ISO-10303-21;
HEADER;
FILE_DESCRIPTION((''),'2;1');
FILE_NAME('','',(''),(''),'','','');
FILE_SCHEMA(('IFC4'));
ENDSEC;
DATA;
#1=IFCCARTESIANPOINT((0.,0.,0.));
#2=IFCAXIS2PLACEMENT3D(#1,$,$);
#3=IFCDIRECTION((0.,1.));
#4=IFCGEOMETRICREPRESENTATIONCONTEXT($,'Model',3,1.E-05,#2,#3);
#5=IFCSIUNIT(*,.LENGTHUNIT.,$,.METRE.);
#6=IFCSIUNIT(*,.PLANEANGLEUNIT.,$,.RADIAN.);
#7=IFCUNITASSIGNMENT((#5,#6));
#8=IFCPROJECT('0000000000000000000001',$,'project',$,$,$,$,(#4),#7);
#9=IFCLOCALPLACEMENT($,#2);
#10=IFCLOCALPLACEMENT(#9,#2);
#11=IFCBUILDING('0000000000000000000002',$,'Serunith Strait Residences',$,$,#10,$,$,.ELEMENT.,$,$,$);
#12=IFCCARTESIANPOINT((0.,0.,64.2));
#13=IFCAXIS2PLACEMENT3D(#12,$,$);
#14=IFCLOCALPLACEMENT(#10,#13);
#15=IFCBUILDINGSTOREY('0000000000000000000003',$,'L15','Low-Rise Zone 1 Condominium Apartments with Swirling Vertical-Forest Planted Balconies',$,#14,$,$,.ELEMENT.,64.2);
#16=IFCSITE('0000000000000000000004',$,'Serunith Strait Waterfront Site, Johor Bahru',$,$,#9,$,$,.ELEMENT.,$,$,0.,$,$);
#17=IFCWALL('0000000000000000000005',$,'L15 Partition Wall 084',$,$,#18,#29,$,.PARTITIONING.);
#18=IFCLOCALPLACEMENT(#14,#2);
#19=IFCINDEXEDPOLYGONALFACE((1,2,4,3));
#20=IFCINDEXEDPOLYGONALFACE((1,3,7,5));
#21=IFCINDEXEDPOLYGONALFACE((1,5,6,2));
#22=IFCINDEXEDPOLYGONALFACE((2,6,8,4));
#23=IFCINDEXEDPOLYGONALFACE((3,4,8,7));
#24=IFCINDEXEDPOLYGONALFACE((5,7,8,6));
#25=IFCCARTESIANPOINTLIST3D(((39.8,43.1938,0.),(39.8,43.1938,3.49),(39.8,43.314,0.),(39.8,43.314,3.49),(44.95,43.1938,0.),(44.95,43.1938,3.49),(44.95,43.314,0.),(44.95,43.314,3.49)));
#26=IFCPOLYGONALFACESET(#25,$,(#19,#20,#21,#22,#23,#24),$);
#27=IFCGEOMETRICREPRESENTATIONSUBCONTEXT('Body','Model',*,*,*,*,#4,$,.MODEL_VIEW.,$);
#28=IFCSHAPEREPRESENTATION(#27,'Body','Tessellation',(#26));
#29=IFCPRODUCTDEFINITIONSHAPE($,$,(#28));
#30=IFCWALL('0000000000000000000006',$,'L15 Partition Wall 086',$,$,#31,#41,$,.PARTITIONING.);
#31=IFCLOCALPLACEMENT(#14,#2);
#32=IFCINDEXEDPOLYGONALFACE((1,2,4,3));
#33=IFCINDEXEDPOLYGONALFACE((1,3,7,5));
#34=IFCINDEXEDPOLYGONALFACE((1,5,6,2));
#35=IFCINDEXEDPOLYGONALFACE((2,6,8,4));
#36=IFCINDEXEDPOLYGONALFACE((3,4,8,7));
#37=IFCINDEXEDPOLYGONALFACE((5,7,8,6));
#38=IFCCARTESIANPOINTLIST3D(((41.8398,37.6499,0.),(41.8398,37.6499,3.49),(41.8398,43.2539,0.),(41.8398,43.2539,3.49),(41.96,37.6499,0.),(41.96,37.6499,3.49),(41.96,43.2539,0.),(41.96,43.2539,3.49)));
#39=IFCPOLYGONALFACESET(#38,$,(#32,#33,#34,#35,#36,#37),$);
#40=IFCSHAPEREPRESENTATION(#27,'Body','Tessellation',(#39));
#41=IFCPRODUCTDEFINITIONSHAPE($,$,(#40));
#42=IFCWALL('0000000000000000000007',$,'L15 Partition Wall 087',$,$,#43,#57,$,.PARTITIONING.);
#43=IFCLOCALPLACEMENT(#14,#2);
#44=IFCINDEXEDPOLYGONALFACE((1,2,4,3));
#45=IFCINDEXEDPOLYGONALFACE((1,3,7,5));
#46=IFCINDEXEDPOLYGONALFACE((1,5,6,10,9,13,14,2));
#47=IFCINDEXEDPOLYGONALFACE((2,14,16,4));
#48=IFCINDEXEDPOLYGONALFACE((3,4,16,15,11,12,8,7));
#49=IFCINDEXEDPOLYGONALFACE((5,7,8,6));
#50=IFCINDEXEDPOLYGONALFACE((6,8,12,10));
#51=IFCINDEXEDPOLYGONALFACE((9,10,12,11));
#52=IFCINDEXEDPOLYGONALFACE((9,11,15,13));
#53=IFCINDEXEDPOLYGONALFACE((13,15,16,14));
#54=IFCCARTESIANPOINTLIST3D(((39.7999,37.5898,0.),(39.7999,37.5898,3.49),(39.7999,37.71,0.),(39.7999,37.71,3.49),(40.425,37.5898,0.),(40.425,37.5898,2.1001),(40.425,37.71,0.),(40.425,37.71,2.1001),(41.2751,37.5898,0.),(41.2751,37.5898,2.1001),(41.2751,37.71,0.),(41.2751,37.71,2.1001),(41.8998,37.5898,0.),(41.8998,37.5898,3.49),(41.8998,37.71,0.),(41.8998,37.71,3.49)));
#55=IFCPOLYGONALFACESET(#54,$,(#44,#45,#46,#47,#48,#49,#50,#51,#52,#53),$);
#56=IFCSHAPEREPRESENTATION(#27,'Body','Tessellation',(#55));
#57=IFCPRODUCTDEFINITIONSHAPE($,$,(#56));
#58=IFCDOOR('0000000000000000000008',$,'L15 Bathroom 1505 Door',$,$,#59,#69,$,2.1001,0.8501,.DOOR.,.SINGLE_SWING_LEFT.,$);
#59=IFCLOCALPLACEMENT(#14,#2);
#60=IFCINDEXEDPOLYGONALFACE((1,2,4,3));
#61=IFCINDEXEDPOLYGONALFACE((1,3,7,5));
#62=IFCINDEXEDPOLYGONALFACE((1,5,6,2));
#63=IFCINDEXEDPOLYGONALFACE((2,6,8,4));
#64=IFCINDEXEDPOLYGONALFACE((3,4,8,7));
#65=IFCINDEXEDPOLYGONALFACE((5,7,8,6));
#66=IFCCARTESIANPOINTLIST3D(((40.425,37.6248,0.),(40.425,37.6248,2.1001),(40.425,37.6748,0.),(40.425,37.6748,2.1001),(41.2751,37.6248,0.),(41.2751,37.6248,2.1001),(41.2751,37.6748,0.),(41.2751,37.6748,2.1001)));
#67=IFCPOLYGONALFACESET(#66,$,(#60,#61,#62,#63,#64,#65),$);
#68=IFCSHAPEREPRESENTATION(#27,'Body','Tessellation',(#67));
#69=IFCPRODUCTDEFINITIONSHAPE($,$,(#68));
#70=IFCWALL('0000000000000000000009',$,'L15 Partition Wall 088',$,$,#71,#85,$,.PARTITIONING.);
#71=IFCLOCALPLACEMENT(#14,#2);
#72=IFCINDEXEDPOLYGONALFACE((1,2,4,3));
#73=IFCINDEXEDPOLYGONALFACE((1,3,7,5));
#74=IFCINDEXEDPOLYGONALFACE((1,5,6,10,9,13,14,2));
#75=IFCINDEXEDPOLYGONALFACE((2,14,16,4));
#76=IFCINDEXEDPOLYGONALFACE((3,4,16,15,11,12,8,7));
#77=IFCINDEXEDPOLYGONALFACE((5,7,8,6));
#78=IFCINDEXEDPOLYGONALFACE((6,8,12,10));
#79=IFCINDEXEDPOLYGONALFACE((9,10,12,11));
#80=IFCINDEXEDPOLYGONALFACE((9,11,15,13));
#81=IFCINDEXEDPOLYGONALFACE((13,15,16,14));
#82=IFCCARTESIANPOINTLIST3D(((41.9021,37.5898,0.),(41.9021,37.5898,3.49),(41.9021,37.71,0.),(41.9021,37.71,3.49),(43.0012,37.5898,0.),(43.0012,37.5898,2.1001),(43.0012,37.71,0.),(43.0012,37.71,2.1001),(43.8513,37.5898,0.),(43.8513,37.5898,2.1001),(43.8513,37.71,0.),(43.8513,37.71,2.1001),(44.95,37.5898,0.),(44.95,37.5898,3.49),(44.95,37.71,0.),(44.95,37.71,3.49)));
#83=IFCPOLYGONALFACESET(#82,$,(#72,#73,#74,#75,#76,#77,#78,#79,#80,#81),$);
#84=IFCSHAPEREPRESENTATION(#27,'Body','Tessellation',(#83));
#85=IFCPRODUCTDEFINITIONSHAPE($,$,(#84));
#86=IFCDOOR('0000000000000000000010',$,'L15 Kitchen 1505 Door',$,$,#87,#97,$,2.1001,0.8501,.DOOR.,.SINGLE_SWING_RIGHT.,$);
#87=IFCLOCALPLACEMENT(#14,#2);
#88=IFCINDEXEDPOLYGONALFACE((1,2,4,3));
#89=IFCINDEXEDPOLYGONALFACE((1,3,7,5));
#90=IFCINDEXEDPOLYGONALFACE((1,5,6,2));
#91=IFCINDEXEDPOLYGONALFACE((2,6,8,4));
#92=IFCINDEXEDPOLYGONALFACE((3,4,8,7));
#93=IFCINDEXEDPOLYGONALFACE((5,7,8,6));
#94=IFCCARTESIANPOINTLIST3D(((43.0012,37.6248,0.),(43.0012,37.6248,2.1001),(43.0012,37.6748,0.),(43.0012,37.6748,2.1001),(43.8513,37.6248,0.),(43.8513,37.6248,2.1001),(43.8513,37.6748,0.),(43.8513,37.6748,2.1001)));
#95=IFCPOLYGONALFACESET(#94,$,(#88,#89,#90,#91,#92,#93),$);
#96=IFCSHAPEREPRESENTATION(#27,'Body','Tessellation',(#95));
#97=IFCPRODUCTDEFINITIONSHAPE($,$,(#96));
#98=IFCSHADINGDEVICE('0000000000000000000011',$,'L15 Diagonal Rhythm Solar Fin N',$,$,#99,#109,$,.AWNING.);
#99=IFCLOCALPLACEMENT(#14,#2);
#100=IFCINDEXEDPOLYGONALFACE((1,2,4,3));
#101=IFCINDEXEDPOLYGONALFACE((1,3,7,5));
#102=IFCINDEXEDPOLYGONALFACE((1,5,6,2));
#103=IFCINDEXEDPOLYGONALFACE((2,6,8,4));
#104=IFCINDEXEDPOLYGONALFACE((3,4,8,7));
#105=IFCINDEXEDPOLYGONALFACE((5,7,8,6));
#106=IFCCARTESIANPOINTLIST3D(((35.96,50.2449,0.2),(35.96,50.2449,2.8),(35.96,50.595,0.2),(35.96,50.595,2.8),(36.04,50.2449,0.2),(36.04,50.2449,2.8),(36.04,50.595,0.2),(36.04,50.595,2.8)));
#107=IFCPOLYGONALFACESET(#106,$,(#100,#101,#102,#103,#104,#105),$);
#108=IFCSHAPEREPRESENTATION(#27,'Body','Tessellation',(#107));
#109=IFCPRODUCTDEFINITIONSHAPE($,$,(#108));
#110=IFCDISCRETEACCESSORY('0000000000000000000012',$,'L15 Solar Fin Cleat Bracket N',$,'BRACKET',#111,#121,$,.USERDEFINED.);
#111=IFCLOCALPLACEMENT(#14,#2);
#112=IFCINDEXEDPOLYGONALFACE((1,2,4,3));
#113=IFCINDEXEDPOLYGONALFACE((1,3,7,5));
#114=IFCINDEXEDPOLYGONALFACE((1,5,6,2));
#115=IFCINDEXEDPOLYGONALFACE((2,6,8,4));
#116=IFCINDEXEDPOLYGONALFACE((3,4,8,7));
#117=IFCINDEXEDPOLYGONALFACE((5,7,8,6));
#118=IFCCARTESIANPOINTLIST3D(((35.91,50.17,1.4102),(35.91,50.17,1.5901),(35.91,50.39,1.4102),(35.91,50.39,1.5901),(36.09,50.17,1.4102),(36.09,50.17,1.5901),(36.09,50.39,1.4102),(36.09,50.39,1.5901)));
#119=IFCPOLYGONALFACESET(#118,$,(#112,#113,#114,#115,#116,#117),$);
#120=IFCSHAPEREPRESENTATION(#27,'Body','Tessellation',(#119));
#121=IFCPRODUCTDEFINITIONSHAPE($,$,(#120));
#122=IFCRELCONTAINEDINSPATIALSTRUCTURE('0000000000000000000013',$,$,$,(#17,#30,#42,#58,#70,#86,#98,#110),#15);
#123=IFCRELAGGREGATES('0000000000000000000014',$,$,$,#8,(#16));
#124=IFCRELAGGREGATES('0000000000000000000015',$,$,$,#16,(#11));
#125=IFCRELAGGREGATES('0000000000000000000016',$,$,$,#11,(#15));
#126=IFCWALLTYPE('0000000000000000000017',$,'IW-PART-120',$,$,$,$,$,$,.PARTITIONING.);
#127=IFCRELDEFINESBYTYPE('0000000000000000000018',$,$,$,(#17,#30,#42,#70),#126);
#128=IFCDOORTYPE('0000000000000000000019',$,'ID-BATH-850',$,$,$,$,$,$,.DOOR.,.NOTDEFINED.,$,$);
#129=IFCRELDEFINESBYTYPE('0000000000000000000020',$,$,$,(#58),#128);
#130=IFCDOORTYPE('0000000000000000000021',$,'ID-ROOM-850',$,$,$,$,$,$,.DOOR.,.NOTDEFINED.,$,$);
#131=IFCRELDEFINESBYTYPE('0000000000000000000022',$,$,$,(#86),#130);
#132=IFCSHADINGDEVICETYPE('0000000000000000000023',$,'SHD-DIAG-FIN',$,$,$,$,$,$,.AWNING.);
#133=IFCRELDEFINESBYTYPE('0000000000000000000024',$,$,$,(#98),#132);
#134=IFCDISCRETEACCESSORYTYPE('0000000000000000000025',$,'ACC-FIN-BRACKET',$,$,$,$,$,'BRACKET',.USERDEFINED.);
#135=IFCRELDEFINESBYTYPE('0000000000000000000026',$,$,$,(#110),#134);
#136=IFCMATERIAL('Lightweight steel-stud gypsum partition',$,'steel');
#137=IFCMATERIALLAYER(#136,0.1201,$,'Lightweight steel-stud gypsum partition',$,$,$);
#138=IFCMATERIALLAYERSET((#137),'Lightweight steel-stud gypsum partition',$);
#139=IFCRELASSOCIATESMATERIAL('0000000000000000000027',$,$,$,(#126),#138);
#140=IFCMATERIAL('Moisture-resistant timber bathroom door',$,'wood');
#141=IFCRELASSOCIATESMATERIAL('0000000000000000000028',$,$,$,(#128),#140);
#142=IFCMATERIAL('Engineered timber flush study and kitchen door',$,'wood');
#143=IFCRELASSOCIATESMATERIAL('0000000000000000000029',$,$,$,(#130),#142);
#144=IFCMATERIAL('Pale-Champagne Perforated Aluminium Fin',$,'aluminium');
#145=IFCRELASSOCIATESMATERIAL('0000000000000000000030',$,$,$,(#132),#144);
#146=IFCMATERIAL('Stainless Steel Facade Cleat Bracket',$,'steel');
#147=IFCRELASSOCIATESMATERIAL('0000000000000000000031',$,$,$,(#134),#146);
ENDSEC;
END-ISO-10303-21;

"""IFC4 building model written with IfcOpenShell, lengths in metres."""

from ifc_helpers import new_model, si_unit, direction, frame, frame_2d, origin, origin_2d, place, context, subcontext, project, spatial, rectangle, extrude, source, transform, mapped, material, layer, layer_set, type_object, element, fill, save


model = new_model("IFC4")

# Units and contexts
model_context = context("Model", 3, precision=1e-05, world=origin(), true_north=direction((0.0, 1.0)))
body_context = subcontext(model_context, "Body", "Model", "MODEL_VIEW")
ifc_project = project(units=[si_unit("LENGTHUNIT", "METRE"), si_unit("PLANEANGLEUNIT", "RADIAN")], contexts=[model_context])

# Site, building, storey
site_placement = place(None, origin())
site = spatial("IfcSite", under=ifc_project, at=site_placement, Name="Serunith Strait Waterfront Site, Johor Bahru", CompositionType="ELEMENT", RefElevation=0.0)
building_placement = place(site_placement, origin())
building = spatial("IfcBuilding", under=site, at=building_placement, Name="Serunith Strait Residences", CompositionType="ELEMENT")
storey_placement = place(building_placement, frame((0.0, 0.0, 64.2)))
storey = spatial("IfcBuildingStorey", under=building, at=storey_placement, Name="L15", Description="Low-Rise Zone 1 Condominium Apartments with Swirling Vertical-Forest Planted Balconies", CompositionType="ELEMENT", Elevation=64.2)

# Shared definitions
ifc_material_1 = material(Name="Lightweight steel-stud gypsum partition", Category="steel")
ifc_layer_1 = layer(ifc_material_1, 0.1201, Name="Lightweight steel-stud gypsum partition")
ifc_layer_set_1 = layer_set([ifc_layer_1], Name="Lightweight steel-stud gypsum partition")
wall_type = type_object("IfcWallType", Name="IW-PART-120", PredefinedType="PARTITIONING", material=ifc_layer_set_1)

# Walls
wall_1_placement = place(storey_placement, frame((39.8, 43.2539, 0.0), z_axis=(0.0, 0.0, 1.0), x_axis=(1.0, 0.0, 0.0)))
element("IfcWall", 1, at=wall_1_placement, inside=storey, type_object=wall_type, Name="L15 Partition Wall 084", PredefinedType="PARTITIONING", context=body_context, shape_type="SweptSolid", body=[
    extrude(rectangle(XDim=5.1499, YDim=0.1201, at=frame_2d((2.575, 0.0))), origin(), (0.0, 0.0, 1.0), 3.49),
])
wall_2_placement = place(storey_placement, frame((41.8999, 43.2539, 0.0), z_axis=(0.0, 0.0, 1.0), x_axis=(0.0, -1.0, 0.0)))
element("IfcWall", 2, at=wall_2_placement, inside=storey, type_object=wall_type, Name="L15 Partition Wall 086", PredefinedType="PARTITIONING", context=body_context, shape_type="SweptSolid", body=[
    extrude(rectangle(XDim=5.604, YDim=0.1201, at=frame_2d((2.802, 0.0))), origin(), (0.0, 0.0, 1.0), 3.49),
])

# Walls, openings, doors
wall_3_placement = place(storey_placement, frame((39.8, 37.6499, 0.0), z_axis=(0.0, 0.0, 1.0), x_axis=(1.0, 0.0, 0.0)))
wall_3 = element("IfcWall", 3, at=wall_3_placement, inside=storey, type_object=wall_type, Name="L15 Partition Wall 087", PredefinedType="PARTITIONING", context=body_context, shape_type="SweptSolid", body=[
    extrude(rectangle(XDim=2.0999, YDim=0.1201, at=frame_2d((1.0498, 0.0))), origin(), (0.0, 0.0, 1.0), 3.49),
])
opening_1_placement = place(wall_3_placement, frame((0.625, 0.0, 0.0)))
opening_1 = element("IfcOpeningElement", 4, at=opening_1_placement, cuts=wall_3, PredefinedType="OPENING", context=body_context, shape_type="SweptSolid", body=[
    extrude(rectangle(XDim=0.8501, YDim=2.1001, at=frame_2d((0.425, 1.05))), frame((0.0, 0.0701, 0.0), z_axis=(0.0, -1.0, 0.0), x_axis=(1.0, 0.0, 0.0)), (0.0, 0.0, 1.0), 0.1401),
])
ifc_material_2 = material(Name="Moisture-resistant timber bathroom door", Category="wood")
door_type_1 = type_object("IfcDoorType", Name="ID-BATH-850", OperationType="NOTDEFINED", PredefinedType="DOOR", material=ifc_material_2)
shared_shape_1 = source(origin(), body_context, "Body", "SweptSolid", [
    extrude(rectangle(XDim=0.8501, YDim=2.1001, at=frame_2d((0.425, 1.05))), frame((0.0, 0.0249, 0.0), z_axis=(0.0, -1.0, 0.0), x_axis=(1.0, 0.0, 0.0)), (0.0, 0.0, 1.0), 0.05),
])
door_1_placement = place(opening_1_placement, origin())
door_1 = element("IfcDoor", 5, at=door_1_placement, inside=storey, type_object=door_type_1, Name="L15 Bathroom 1505 Door", OperationType="SINGLE_SWING_LEFT", OverallHeight=2.1001, OverallWidth=0.8501, PredefinedType="DOOR", context=body_context, shape_type="MappedRepresentation", body=[
    mapped(shared_shape_1, transform((0.0, 0.0, 0.0), scale=1.0)),
])
fill(opening_1, door_1)
wall_4_placement = place(storey_placement, frame((41.9021, 37.6499, 0.0), z_axis=(0.0, 0.0, 1.0), x_axis=(1.0, 0.0, 0.0)))
wall_4 = element("IfcWall", 6, at=wall_4_placement, inside=storey, type_object=wall_type, Name="L15 Partition Wall 088", PredefinedType="PARTITIONING", context=body_context, shape_type="SweptSolid", body=[
    extrude(rectangle(XDim=3.0479, YDim=0.1201, at=frame_2d((1.5239, 0.0))), origin(), (0.0, 0.0, 1.0), 3.49),
])
opening_2_placement = place(wall_4_placement, frame((1.0991, 0.0, 0.0)))
opening_2 = element("IfcOpeningElement", 7, at=opening_2_placement, cuts=wall_4, PredefinedType="OPENING", context=body_context, shape_type="SweptSolid", body=[
    extrude(rectangle(XDim=0.8501, YDim=2.1001, at=frame_2d((0.425, 1.05))), frame((0.0, 0.0701, 0.0), z_axis=(0.0, -1.0, 0.0), x_axis=(1.0, 0.0, 0.0)), (0.0, 0.0, 1.0), 0.1401),
])
ifc_material_3 = material(Name="Engineered timber flush study and kitchen door", Category="wood")
door_type_2 = type_object("IfcDoorType", Name="ID-ROOM-850", OperationType="NOTDEFINED", PredefinedType="DOOR", material=ifc_material_3)
door_2_placement = place(opening_2_placement, origin())
door_2 = element("IfcDoor", 8, at=door_2_placement, inside=storey, type_object=door_type_2, Name="L15 Kitchen 1505 Door", OperationType="SINGLE_SWING_RIGHT", OverallHeight=2.1001, OverallWidth=0.8501, PredefinedType="DOOR", context=body_context, shape_type="MappedRepresentation", body=[
    mapped(shared_shape_1, transform((0.0, 0.0, 0.0), scale=1.0)),
])
fill(opening_2, door_2)

# Shading device
ifc_material_4 = material(Name="Pale-Champagne Perforated Aluminium Fin", Category="aluminium")
shading_device_type = type_object("IfcShadingDeviceType", Name="SHD-DIAG-FIN", PredefinedType="AWNING", material=ifc_material_4)
shared_shape_2 = source(origin(), body_context, "Body", "SweptSolid", [
    extrude(rectangle(XDim=0.0801, YDim=0.3501, at=origin_2d()), origin(), (0.0, 0.0, 1.0), 2.6001),
])
shading_device_placement = place(storey_placement, frame((36.0, 50.4199, 0.2), z_axis=(0.0, 0.0, 1.0), x_axis=(1.0, 0.0, 0.0)))
element("IfcShadingDevice", 9, at=shading_device_placement, inside=storey, type_object=shading_device_type, Name="L15 Diagonal Rhythm Solar Fin N", PredefinedType="AWNING", context=body_context, shape_type="MappedRepresentation", body=[
    mapped(shared_shape_2, transform((0.0, 0.0, 0.0), scale=1.0)),
])

# Discrete accessory
ifc_material_5 = material(Name="Stainless Steel Facade Cleat Bracket", Category="steel")
discrete_accessory_type = type_object("IfcDiscreteAccessoryType", Name="ACC-FIN-BRACKET", ElementType="BRACKET", PredefinedType="USERDEFINED", material=ifc_material_5)
shared_shape_3 = source(origin(), body_context, "Body", "SweptSolid", [
    extrude(rectangle(XDim=0.1799, YDim=0.22, at=origin_2d()), origin(), (0.0, 0.0, 1.0), 0.1799),
])
discrete_accessory_placement = place(storey_placement, frame((36.0, 50.28, 1.4102), z_axis=(0.0, 0.0, 1.0), x_axis=(1.0, 0.0, 0.0)))
element("IfcDiscreteAccessory", 10, at=discrete_accessory_placement, inside=storey, type_object=discrete_accessory_type, Name="L15 Solar Fin Cleat Bracket N", ObjectType="BRACKET", PredefinedType="USERDEFINED", context=body_context, shape_type="MappedRepresentation", body=[
    mapped(shared_shape_3, transform((0.0, 0.0, 0.0), scale=1.0)),
])

save(model, "model.ifc")
